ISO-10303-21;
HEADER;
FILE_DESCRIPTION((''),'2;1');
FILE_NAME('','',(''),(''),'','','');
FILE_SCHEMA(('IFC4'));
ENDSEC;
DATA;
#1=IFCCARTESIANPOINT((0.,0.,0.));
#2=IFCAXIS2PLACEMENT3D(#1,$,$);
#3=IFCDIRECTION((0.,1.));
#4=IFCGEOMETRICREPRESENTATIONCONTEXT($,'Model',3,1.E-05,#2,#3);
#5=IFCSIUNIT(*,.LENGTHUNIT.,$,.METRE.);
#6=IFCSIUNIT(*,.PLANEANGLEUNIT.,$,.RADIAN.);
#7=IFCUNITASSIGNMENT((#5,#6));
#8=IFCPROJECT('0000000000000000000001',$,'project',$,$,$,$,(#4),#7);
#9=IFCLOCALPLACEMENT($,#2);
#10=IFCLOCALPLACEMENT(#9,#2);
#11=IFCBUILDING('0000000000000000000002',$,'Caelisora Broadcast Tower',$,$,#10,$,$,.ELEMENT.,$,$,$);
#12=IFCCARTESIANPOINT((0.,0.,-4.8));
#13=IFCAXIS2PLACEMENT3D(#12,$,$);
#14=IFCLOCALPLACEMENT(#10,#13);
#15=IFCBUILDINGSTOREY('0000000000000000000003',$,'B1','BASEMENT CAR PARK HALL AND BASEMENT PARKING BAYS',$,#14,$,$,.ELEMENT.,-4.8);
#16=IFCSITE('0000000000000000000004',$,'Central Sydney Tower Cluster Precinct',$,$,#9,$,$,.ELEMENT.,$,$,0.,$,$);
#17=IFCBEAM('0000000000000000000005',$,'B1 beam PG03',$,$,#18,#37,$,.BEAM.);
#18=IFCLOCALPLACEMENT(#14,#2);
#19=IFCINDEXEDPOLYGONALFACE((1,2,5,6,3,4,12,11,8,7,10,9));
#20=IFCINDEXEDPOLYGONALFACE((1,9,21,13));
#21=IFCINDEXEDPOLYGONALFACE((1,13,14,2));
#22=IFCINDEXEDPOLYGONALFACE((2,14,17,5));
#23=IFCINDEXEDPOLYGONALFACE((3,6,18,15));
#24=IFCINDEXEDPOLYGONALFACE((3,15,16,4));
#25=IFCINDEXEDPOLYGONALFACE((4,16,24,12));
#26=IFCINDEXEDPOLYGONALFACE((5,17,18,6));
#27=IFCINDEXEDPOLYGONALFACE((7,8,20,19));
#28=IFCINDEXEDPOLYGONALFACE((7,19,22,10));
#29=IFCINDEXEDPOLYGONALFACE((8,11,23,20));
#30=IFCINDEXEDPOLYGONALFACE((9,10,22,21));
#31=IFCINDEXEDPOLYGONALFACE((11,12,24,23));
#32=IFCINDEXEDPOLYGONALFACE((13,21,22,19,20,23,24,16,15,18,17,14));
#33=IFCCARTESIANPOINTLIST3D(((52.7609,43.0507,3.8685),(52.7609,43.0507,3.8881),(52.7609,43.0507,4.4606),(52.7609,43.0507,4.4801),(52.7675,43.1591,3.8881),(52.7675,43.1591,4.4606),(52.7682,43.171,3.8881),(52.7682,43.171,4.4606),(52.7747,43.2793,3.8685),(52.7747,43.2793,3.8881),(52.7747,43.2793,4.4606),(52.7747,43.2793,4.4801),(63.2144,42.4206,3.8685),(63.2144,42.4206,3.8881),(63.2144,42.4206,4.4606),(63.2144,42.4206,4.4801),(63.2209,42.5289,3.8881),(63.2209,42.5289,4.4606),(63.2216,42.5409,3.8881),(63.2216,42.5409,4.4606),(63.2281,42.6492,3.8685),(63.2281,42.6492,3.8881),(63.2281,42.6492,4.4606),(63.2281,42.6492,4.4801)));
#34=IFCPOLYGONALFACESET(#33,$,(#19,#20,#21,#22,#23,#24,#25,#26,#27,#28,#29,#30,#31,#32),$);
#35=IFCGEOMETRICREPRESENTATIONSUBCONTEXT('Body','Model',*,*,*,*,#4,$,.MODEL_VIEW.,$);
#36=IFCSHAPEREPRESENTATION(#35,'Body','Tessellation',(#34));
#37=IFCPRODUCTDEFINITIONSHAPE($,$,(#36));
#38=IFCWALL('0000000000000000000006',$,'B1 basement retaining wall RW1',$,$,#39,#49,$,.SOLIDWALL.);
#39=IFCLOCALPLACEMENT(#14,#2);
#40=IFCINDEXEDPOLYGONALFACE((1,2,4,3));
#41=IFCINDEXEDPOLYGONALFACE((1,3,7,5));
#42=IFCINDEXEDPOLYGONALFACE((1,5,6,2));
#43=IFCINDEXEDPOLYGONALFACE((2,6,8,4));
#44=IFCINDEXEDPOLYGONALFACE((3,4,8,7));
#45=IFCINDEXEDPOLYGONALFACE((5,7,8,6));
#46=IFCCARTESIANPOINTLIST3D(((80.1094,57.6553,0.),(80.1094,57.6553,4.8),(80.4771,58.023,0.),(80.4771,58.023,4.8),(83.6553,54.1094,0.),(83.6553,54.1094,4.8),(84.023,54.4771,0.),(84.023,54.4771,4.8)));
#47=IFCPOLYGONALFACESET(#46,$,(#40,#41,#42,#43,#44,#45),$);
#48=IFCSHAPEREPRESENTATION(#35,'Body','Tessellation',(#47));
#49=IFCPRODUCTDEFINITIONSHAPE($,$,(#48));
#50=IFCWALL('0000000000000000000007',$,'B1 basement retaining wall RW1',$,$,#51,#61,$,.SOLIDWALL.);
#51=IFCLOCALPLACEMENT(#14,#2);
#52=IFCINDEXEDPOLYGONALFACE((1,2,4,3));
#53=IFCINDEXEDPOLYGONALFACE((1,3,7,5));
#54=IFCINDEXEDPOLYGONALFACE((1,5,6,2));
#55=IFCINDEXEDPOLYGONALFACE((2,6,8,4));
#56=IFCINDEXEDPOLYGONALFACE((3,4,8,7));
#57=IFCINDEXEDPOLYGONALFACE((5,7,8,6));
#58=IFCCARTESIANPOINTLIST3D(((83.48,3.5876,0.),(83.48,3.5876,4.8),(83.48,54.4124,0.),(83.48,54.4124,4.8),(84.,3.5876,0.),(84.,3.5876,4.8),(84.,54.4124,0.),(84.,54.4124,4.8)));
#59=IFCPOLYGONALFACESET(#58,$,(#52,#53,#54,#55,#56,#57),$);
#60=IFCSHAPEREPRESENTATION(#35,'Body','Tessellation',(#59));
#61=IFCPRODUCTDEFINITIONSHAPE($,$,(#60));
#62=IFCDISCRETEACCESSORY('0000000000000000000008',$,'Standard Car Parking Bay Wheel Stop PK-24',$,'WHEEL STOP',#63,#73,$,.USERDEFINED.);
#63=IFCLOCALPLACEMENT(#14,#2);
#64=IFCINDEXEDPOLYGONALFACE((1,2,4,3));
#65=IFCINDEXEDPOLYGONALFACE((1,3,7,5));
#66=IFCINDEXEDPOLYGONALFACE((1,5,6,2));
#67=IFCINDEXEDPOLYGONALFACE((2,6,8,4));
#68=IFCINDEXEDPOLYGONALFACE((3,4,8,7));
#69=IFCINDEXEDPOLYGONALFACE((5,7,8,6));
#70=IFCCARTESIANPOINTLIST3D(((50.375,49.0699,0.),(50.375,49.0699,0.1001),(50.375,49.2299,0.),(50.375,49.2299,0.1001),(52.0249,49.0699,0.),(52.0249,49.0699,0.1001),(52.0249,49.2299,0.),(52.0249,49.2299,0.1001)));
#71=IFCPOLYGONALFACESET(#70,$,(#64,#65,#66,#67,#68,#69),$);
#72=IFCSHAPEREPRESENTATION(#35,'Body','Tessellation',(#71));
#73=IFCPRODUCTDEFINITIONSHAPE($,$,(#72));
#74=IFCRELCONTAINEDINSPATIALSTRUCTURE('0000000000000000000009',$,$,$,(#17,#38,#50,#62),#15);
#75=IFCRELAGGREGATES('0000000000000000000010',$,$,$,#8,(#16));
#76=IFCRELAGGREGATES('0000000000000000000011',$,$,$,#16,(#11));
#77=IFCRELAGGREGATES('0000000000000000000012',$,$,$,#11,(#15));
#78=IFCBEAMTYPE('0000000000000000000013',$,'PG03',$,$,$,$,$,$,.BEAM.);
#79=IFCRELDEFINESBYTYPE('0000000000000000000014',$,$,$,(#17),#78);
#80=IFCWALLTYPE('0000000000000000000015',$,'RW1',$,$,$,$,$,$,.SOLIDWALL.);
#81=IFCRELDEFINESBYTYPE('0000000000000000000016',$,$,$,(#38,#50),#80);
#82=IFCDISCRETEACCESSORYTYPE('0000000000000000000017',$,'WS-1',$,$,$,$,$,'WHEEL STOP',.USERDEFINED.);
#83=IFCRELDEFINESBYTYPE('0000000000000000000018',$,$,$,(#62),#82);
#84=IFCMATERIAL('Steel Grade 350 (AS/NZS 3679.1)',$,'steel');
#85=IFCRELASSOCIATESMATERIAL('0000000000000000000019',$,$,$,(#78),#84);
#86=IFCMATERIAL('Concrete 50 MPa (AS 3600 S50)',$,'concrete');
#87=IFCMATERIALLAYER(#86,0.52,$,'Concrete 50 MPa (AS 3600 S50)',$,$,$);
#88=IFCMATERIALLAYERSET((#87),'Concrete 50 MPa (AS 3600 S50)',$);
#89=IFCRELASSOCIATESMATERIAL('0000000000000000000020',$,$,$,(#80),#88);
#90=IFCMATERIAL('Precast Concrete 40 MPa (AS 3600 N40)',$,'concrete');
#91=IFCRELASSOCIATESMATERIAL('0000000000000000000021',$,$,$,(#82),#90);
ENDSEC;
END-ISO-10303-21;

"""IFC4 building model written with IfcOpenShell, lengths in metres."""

from ifc_helpers import new_model, si_unit, direction, frame, frame_2d, origin, origin_2d, place, context, subcontext, project, spatial, rectangle, i_section, extrude, source, transform, mapped, material, layer, layer_set, material_profile, profile_set, type_object, type_shapes, element, save


model = new_model("IFC4")

# Units and contexts
model_context = context("Model", 3, precision=1e-05, world=origin(), true_north=direction((0.0, 1.0)))
body_context = subcontext(model_context, "Body", "Model", "MODEL_VIEW")
ifc_project = project(units=[si_unit("LENGTHUNIT", "METRE"), si_unit("PLANEANGLEUNIT", "RADIAN")], contexts=[model_context])

# Site, building, storey
site_placement = place(None, origin())
site = spatial("IfcSite", under=ifc_project, at=site_placement, Name="Central Sydney Tower Cluster Precinct", CompositionType="ELEMENT", RefElevation=0.0)
building_placement = place(site_placement, origin())
building = spatial("IfcBuilding", under=site, at=building_placement, Name="Caelisora Broadcast Tower", CompositionType="ELEMENT")
storey_placement = place(building_placement, frame((0.0, 0.0, -4.8)))
storey = spatial("IfcBuildingStorey", under=building, at=storey_placement, Name="B1", Description="BASEMENT CAR PARK HALL AND BASEMENT PARKING BAYS", CompositionType="ELEMENT", Elevation=-4.8)

# Shared definitions
ifc_material_1 = material(Name="Concrete 50 MPa (AS 3600 S50)", Category="concrete")

# Beam
ifc_material_2 = material(Name="Steel Grade 350 (AS/NZS 3679.1)", Category="steel")
ifc_material_profile_1 = material_profile(ifc_material_2, i_section(OverallWidth=0.229, OverallDepth=0.6116, WebThickness=0.012, FlangeThickness=0.0195, at=origin_2d()), Name="Steel Grade 350 (AS/NZS 3679.1)")
ifc_profile_set_1 = profile_set([ifc_material_profile_1], Name="Steel Grade 350 (AS/NZS 3679.1)")
beam_type_1 = type_object("IfcBeamType", Name="PG03", PredefinedType="BEAM", material=ifc_profile_set_1)
shared_shape_1 = source(origin(), body_context, "Body", "SweptSolid", [
    extrude(i_section(OverallWidth=0.229, OverallDepth=0.6116, WebThickness=0.012, FlangeThickness=0.0195, at=origin_2d()), origin(), (0.0, 0.0, 1.0), 10.4724),
])
type_shapes(beam_type_1, [shared_shape_1])
beam_1_placement = place(storey_placement, frame((52.7678, 43.165, 4.1743), z_axis=(0.998188, -0.060171, 0.0), x_axis=(0.060171, 0.998188, 0.0)))
element("IfcBeam", 1, at=beam_1_placement, inside=storey, type_object=beam_type_1, Name="B1 beam PG03", PredefinedType="BEAM", context=body_context, shape_type="MappedRepresentation", body=[
    mapped(shared_shape_1, transform((0.0, 0.0, 0.0), scale=1.0)),
])

# Walls
ifc_layer = layer(ifc_material_1, 0.52, Name="Concrete 50 MPa (AS 3600 S50)")
ifc_layer_set = layer_set([ifc_layer], Name="Concrete 50 MPa (AS 3600 S50)")
wall_type = type_object("IfcWallType", Name="RW1", PredefinedType="SOLIDWALL", material=ifc_layer_set)
wall_1_placement = place(storey_placement, frame((80.2932, 57.8391, 0.0), z_axis=(0.0, 0.0, 1.0), x_axis=(0.707107, -0.707107, 0.0)))
element("IfcWall", 2, at=wall_1_placement, inside=storey, type_object=wall_type, Name="B1 basement retaining wall RW1", PredefinedType="SOLIDWALL", context=body_context, shape_type="SweptSolid", body=[
    extrude(rectangle(XDim=5.0146, YDim=0.52, at=frame_2d((2.5073, 0.0))), origin(), (0.0, 0.0, 1.0), 4.8),
])
wall_2_placement = place(storey_placement, frame((83.74, 54.4124, 0.0), z_axis=(0.0, 0.0, 1.0), x_axis=(0.0, -1.0, 0.0)))
element("IfcWall", 3, at=wall_2_placement, inside=storey, type_object=wall_type, Name="B1 basement retaining wall RW1", PredefinedType="SOLIDWALL", context=body_context, shape_type="SweptSolid", body=[
    extrude(rectangle(XDim=50.8247, YDim=0.52, at=frame_2d((25.4124, 0.0))), origin(), (0.0, 0.0, 1.0), 4.8),
])

# Discrete accessory
ifc_material_3 = material(Name="Precast Concrete 40 MPa (AS 3600 N40)", Category="concrete")
discrete_accessory_type = type_object("IfcDiscreteAccessoryType", Name="WS-1", ElementType="WHEEL STOP", PredefinedType="USERDEFINED", material=ifc_material_3)
shared_shape_2 = source(origin(), body_context, "Body", "SweptSolid", [
    extrude(rectangle(XDim=1.6499, YDim=0.1599, at=origin_2d()), origin(), (0.0, 0.0, 1.0), 0.1001),
])
type_shapes(discrete_accessory_type, [shared_shape_2])
discrete_accessory_placement = place(storey_placement, frame((51.2, 49.1499, 0.0), z_axis=(0.0, 0.0, 1.0), x_axis=(1.0, 0.0, 0.0)))
element("IfcDiscreteAccessory", 4, at=discrete_accessory_placement, inside=storey, type_object=discrete_accessory_type, Name="Standard Car Parking Bay Wheel Stop PK-24", ObjectType="WHEEL STOP", PredefinedType="USERDEFINED", context=body_context, shape_type="MappedRepresentation", body=[
    mapped(shared_shape_2, transform((0.0, 0.0, 0.0), scale=1.0)),
])

save(model, "model.ifc")
